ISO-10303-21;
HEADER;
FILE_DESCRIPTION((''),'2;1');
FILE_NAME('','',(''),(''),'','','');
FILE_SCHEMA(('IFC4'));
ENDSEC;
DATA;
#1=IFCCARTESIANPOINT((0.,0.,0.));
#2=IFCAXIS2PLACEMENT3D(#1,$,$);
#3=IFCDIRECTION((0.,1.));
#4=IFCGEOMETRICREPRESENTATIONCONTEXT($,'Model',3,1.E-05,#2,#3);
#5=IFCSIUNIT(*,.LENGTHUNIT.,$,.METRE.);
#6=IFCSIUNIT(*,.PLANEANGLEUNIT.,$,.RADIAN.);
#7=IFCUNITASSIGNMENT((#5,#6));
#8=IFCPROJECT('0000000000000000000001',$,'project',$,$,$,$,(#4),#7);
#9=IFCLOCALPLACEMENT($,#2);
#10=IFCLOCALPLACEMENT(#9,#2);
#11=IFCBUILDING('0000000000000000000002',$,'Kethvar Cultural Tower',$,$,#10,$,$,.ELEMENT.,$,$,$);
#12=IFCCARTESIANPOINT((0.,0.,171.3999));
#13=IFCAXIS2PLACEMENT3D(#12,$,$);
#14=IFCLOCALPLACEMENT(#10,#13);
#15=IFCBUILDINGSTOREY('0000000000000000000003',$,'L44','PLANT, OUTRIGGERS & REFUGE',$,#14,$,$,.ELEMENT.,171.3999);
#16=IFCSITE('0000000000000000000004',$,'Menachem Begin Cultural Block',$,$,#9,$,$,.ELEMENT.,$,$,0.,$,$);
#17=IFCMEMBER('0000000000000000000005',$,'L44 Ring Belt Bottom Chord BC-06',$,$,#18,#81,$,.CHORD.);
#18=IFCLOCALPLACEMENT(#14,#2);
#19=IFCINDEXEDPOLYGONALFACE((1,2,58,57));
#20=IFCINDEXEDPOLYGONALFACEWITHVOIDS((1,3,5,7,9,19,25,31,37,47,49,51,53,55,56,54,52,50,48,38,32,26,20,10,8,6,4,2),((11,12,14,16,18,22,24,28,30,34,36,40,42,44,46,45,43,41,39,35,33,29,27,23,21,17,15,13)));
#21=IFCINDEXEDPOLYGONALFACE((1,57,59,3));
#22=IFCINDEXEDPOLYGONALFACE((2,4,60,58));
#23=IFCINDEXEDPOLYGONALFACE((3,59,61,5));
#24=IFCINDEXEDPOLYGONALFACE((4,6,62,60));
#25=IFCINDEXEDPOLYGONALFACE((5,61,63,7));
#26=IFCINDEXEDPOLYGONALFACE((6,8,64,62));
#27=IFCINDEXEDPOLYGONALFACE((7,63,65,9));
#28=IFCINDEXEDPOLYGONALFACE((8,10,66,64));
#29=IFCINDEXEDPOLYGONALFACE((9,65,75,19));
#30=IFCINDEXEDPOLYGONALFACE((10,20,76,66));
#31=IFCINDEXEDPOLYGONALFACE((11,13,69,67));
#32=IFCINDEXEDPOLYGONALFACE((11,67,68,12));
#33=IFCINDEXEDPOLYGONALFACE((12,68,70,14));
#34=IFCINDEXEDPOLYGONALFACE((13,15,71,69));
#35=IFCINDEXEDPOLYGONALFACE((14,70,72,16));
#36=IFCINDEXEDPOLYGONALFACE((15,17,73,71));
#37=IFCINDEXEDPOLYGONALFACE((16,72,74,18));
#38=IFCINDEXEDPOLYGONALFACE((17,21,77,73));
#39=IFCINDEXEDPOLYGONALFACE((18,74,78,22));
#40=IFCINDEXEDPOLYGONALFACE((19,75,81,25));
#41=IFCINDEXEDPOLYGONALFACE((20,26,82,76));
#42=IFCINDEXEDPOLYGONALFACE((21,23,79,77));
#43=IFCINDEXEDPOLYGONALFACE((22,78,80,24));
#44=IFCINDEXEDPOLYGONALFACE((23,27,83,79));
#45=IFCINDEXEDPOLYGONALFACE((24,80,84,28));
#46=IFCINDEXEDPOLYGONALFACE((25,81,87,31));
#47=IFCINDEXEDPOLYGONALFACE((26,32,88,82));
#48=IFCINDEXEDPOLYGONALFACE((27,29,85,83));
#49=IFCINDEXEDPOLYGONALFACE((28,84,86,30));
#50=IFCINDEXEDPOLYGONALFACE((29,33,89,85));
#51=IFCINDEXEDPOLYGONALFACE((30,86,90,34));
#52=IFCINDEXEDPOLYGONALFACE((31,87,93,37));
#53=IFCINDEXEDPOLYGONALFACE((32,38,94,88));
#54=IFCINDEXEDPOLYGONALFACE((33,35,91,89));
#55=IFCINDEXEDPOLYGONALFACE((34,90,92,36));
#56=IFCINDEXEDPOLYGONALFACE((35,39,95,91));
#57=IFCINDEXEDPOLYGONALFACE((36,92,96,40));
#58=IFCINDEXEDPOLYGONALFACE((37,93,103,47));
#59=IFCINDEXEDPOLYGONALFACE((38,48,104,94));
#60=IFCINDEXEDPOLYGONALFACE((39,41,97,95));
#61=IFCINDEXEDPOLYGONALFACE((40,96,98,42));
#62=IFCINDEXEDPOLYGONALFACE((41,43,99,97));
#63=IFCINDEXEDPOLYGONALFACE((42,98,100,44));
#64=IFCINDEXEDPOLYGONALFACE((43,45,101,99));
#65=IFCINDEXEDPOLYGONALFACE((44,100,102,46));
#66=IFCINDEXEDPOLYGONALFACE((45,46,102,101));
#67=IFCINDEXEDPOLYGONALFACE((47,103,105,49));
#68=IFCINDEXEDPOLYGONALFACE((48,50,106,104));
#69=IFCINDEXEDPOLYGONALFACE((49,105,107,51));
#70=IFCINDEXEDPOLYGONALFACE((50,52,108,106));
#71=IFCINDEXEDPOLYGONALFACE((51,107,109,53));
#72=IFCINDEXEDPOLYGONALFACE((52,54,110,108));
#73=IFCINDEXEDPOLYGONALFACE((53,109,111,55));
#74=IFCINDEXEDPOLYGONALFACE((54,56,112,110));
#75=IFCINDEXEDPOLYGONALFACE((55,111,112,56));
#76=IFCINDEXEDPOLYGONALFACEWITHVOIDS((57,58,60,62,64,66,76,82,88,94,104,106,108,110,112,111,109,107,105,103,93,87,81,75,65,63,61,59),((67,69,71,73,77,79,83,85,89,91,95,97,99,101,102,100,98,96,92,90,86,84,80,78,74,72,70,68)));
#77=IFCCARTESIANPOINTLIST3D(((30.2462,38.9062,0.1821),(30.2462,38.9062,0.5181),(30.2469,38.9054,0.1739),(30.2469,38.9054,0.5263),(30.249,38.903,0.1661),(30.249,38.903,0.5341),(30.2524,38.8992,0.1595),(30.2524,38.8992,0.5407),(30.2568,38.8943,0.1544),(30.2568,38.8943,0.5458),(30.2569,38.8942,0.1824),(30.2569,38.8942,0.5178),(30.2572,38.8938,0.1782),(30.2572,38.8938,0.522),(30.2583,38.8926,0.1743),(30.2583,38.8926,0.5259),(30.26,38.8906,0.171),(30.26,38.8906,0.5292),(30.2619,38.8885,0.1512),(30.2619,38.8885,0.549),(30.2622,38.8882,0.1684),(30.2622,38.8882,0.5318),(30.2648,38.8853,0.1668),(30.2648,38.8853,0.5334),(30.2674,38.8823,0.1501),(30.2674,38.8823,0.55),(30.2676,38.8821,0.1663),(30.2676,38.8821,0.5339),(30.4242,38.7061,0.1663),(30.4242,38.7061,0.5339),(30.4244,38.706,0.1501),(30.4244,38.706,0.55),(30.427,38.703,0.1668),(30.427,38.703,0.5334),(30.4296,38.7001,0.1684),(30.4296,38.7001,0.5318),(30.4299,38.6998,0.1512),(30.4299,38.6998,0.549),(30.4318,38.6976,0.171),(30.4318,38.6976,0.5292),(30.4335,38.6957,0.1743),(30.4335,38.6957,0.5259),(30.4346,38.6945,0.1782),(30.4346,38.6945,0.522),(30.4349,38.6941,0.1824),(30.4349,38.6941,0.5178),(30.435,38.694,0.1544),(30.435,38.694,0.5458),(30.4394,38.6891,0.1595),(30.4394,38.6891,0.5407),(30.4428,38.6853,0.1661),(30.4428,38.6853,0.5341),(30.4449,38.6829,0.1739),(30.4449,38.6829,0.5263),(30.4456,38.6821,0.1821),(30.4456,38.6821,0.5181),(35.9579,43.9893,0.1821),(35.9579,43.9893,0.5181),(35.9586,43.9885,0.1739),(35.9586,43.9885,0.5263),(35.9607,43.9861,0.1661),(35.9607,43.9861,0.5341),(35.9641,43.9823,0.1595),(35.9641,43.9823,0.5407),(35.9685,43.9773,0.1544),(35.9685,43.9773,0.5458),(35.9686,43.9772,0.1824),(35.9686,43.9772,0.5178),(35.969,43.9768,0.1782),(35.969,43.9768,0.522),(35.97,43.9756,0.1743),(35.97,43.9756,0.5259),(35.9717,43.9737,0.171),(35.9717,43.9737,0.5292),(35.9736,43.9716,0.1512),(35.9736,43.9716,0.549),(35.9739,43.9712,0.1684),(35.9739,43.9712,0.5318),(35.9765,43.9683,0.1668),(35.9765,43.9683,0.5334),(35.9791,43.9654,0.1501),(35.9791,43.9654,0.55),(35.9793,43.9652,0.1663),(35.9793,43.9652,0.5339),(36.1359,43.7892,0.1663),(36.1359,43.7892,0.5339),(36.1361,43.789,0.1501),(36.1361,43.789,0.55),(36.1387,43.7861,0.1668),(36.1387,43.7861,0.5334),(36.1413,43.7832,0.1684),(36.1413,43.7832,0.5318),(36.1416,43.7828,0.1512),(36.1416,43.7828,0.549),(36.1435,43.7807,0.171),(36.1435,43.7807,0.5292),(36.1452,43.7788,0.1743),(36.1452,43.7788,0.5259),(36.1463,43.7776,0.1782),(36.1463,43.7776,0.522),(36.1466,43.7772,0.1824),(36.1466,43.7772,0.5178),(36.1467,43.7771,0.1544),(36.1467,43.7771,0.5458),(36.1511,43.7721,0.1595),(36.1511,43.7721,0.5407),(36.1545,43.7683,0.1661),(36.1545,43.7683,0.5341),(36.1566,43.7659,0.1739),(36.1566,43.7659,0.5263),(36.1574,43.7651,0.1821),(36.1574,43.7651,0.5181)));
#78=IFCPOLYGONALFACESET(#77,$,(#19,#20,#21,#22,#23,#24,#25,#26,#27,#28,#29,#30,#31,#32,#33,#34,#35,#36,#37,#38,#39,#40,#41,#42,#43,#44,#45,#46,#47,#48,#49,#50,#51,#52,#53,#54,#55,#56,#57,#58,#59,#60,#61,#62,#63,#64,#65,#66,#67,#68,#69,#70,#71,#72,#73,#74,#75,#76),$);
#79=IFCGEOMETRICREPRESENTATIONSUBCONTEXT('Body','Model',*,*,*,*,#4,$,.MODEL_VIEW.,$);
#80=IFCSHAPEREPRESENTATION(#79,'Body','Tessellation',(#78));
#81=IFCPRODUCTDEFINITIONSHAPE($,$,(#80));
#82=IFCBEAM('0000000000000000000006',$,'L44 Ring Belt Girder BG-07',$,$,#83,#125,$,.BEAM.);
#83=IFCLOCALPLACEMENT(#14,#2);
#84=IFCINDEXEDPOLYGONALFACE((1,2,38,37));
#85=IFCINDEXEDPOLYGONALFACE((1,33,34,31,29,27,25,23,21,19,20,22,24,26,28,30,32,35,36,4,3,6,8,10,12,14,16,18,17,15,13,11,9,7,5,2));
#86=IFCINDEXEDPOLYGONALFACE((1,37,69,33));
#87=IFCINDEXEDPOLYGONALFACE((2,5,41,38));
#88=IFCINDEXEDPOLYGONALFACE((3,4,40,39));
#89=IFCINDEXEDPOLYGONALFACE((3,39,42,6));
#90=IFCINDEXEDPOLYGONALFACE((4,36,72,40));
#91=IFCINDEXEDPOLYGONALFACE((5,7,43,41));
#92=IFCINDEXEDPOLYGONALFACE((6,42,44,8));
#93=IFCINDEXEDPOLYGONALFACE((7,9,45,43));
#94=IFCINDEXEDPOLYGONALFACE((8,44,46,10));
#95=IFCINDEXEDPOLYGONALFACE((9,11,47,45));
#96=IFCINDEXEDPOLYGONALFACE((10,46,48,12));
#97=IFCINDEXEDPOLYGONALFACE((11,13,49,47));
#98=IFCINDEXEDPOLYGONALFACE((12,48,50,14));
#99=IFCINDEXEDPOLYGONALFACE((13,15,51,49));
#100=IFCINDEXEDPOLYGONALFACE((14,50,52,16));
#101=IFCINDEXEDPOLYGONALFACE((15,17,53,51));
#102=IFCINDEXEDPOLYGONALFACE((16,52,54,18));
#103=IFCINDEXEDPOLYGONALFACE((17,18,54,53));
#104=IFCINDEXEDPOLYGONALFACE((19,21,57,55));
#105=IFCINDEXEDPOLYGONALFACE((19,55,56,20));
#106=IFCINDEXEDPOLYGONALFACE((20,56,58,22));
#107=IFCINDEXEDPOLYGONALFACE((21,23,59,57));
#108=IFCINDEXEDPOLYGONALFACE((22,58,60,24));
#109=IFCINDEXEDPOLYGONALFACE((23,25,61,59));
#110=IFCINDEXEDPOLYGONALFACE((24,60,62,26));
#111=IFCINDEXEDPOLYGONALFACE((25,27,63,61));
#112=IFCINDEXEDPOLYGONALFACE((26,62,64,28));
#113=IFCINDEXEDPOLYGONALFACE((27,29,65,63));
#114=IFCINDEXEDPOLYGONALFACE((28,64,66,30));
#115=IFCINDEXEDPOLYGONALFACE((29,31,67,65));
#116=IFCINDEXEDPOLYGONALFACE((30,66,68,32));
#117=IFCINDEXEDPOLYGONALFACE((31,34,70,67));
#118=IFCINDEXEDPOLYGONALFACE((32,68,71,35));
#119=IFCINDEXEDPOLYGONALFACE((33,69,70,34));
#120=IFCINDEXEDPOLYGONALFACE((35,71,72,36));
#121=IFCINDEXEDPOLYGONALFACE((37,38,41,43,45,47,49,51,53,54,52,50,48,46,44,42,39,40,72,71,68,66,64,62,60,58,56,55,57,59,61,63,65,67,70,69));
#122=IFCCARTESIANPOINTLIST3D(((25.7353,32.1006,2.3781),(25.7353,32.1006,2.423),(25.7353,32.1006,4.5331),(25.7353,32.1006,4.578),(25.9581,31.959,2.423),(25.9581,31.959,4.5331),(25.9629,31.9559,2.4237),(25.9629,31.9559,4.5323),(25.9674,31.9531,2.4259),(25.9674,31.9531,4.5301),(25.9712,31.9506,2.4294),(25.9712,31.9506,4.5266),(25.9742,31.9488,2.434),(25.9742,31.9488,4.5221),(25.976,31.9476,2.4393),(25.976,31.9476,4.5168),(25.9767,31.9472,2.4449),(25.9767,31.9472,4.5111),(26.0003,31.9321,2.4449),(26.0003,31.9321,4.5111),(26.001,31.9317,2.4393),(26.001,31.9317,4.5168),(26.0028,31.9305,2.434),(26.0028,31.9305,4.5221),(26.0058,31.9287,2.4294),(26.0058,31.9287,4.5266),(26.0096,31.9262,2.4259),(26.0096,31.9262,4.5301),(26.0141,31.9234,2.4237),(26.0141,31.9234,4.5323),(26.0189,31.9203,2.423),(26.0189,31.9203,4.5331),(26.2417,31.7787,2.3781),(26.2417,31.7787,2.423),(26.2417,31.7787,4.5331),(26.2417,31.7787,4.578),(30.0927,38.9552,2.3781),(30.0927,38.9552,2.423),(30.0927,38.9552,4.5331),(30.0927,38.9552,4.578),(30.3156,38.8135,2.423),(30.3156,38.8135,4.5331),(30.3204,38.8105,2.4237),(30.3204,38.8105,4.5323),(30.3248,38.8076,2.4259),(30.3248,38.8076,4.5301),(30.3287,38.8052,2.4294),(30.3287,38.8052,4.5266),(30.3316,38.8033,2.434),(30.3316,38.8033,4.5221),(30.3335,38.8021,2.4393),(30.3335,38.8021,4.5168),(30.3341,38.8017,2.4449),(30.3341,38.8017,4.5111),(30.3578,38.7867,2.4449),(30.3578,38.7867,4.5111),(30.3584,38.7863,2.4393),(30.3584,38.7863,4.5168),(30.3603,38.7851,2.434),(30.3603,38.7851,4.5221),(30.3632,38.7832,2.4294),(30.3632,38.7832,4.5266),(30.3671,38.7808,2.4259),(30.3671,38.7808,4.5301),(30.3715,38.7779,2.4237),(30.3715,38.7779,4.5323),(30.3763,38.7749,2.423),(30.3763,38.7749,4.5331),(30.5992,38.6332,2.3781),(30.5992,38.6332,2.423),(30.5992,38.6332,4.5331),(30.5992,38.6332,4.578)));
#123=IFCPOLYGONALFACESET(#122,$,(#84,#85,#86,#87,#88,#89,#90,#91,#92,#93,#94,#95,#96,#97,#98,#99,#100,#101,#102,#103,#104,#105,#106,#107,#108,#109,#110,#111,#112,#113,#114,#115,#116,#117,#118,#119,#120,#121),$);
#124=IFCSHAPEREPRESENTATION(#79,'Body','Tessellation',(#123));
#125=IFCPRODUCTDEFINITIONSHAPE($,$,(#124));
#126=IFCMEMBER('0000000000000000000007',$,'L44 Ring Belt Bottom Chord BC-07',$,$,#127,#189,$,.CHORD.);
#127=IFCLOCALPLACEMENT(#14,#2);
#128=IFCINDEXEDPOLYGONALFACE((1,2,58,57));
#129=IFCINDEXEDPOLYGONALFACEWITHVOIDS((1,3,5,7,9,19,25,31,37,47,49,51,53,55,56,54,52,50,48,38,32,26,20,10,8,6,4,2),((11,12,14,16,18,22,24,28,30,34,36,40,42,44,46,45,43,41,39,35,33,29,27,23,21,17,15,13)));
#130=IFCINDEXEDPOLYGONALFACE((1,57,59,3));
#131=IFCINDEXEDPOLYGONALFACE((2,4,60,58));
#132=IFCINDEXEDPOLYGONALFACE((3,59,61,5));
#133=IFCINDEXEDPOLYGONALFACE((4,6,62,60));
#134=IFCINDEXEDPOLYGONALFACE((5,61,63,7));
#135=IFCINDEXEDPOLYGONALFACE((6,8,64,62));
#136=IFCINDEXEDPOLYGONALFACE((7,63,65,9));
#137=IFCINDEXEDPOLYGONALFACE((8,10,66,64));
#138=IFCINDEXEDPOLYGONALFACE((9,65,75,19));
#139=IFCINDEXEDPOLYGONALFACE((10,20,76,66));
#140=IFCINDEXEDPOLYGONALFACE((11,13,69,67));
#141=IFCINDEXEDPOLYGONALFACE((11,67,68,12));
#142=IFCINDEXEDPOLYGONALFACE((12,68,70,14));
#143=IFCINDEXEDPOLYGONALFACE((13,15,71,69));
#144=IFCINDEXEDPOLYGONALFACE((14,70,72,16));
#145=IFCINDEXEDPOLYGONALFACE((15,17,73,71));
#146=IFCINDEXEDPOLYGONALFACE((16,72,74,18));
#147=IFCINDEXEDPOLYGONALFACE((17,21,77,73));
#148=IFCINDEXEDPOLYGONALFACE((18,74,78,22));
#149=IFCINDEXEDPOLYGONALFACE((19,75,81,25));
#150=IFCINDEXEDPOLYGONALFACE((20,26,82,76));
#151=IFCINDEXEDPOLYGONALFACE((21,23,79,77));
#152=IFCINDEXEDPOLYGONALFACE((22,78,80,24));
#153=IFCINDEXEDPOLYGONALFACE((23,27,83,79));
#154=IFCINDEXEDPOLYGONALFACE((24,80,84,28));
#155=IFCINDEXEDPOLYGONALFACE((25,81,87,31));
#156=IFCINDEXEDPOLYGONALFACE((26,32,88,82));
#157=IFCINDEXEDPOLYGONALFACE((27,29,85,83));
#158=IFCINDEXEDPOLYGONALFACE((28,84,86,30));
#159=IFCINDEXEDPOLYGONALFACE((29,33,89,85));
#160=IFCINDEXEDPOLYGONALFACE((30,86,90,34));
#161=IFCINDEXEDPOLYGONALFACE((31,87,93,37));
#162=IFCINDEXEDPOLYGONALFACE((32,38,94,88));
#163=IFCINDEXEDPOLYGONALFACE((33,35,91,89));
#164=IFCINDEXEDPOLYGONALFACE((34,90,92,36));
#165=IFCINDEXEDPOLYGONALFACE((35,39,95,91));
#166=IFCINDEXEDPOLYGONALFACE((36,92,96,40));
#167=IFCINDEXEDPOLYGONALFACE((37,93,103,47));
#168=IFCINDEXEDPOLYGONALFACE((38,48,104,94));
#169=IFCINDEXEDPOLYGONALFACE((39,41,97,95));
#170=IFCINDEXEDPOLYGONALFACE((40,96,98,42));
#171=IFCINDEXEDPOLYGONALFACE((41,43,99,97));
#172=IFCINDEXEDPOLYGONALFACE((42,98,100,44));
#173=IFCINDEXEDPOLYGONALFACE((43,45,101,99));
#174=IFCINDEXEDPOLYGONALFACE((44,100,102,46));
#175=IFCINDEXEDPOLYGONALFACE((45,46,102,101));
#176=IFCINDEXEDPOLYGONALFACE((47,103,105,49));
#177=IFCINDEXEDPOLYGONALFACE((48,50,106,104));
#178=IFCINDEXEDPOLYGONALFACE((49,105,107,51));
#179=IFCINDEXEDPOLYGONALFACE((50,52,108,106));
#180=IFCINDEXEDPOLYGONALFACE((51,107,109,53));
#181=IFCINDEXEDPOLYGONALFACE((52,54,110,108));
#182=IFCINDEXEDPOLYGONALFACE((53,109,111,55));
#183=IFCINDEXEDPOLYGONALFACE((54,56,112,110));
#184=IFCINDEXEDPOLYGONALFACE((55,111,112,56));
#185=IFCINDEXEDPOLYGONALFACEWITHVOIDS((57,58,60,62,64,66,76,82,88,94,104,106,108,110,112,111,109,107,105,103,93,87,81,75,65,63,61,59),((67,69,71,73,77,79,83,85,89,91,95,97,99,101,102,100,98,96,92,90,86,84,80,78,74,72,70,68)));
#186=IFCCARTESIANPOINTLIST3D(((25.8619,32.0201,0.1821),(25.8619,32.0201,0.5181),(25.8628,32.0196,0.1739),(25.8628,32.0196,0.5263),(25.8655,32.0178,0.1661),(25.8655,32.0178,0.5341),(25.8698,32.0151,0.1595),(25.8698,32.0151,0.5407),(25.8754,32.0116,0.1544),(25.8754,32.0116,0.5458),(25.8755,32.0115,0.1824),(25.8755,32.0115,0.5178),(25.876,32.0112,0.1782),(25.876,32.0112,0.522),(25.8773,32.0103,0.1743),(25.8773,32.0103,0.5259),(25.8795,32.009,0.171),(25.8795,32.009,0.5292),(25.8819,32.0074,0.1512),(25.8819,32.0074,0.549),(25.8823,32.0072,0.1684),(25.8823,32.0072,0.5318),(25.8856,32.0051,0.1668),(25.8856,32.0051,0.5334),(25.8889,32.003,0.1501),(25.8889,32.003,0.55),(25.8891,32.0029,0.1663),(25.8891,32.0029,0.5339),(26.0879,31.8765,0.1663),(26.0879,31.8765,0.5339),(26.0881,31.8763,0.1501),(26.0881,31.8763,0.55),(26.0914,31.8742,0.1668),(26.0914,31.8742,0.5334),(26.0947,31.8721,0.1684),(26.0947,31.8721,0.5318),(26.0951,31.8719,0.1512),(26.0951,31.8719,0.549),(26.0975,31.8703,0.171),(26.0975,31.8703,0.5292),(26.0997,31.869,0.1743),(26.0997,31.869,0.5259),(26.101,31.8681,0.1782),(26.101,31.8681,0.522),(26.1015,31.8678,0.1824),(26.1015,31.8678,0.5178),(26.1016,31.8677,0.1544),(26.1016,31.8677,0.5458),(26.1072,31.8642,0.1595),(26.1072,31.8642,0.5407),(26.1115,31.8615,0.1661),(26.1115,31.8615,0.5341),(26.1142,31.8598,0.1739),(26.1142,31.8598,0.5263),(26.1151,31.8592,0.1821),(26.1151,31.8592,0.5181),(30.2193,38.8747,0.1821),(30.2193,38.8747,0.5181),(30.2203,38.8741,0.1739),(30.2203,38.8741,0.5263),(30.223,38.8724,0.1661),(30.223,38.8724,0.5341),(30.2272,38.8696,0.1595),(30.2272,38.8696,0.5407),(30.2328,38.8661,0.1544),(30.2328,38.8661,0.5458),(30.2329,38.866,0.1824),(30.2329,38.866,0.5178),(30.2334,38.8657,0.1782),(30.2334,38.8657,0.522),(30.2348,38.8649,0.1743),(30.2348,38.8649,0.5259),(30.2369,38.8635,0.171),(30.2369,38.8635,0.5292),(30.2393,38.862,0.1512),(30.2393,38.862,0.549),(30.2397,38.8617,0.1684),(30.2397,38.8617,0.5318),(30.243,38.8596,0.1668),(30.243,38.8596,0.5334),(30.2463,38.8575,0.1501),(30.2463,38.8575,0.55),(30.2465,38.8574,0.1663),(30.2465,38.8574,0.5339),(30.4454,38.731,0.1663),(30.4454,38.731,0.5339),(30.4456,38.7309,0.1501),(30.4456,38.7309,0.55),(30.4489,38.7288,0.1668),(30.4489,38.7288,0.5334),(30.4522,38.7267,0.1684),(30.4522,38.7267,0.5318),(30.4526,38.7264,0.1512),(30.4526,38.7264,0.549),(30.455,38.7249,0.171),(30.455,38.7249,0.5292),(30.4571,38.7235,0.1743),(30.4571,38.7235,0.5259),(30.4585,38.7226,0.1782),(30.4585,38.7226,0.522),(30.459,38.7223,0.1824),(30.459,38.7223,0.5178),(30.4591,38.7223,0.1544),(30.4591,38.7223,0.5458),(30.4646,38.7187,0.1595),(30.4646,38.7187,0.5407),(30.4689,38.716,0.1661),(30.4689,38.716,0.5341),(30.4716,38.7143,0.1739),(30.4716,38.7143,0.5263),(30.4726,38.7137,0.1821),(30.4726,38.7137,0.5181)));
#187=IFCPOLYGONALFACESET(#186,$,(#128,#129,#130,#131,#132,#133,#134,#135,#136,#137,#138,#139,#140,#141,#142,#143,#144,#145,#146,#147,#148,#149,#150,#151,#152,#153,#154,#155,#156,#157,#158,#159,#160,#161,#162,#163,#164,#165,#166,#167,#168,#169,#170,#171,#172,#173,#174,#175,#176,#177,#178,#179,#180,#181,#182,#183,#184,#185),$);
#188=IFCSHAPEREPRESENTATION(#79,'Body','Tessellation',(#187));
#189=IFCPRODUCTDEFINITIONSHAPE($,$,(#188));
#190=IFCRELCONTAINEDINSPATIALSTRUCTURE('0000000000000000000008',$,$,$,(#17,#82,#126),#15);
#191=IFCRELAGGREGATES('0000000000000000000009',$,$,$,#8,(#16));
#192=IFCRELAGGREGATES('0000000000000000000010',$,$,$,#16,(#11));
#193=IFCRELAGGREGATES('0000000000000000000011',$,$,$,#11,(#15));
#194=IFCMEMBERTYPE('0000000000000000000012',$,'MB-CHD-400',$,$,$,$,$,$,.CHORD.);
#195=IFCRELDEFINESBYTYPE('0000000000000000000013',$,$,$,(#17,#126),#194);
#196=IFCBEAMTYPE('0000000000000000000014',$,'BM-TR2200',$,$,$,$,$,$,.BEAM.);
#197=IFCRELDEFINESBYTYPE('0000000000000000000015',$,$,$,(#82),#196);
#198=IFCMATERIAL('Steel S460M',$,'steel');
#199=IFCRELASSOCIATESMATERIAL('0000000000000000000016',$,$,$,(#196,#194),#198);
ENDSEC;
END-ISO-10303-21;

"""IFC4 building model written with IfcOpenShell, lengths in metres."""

from ifc_helpers import new_model, si_unit, direction, frame, origin, origin_2d, place, context, subcontext, project, spatial, hollow_rectangle, i_section, extrude, source, transform, mapped, material, material_profile, profile_set, type_object, element, save


model = new_model("IFC4")

# Units and contexts
model_context = context("Model", 3, precision=1e-05, world=origin(), true_north=direction((0.0, 1.0)))
body_context = subcontext(model_context, "Body", "Model", "MODEL_VIEW")
ifc_project = project(units=[si_unit("LENGTHUNIT", "METRE"), si_unit("PLANEANGLEUNIT", "RADIAN")], contexts=[model_context])

# Site, building, storey
site_placement = place(None, origin())
site = spatial("IfcSite", under=ifc_project, at=site_placement, Name="Menachem Begin Cultural Block", CompositionType="ELEMENT", RefElevation=0.0)
building_placement = place(site_placement, origin())
building = spatial("IfcBuilding", under=site, at=building_placement, Name="Kethvar Cultural Tower", CompositionType="ELEMENT")
storey_placement = place(building_placement, frame((0.0, 0.0, 171.3999)))
storey = spatial("IfcBuildingStorey", under=building, at=storey_placement, Name="L44", Description="PLANT, OUTRIGGERS & REFUGE", CompositionType="ELEMENT", Elevation=171.3999)

# Shared definitions
ifc_material_1 = material(Name="Steel S460M", Category="steel")

# Shared definitions
ifc_material_profile_1 = material_profile(ifc_material_1, i_section(OverallWidth=0.6001, OverallDepth=2.2, WebThickness=0.0281, FlangeThickness=0.0449, FilletRadius=0.022, at=origin_2d()), Name="Steel S460M — PG2200x600x45x28")
ifc_profile_set_1 = profile_set([ifc_material_profile_1], Name="Steel S460M — PG2200x600x45x28")
beam_type = type_object("IfcBeamType", Name="BM-TR2200", PredefinedType="BEAM", material=ifc_profile_set_1)

# Member
ifc_material_profile_2 = material_profile(ifc_material_1, hollow_rectangle(XDim=0.3, YDim=0.3999, WallThickness=0.0161, InnerFilletRadius=0.0161, OuterFilletRadius=0.032, at=origin_2d()), Name="Steel S460M — RHS400x300x16")
ifc_profile_set_2 = profile_set([ifc_material_profile_2], Name="Steel S460M — RHS400x300x16")
member_type_1 = type_object("IfcMemberType", Name="MB-CHD-400", PredefinedType="CHORD", material=ifc_profile_set_2)
shared_shape_1 = source(origin(), body_context, "Body", "SweptSolid", [
    extrude(hollow_rectangle(XDim=0.3, YDim=0.3999, WallThickness=0.0161, InnerFilletRadius=0.0161, OuterFilletRadius=0.032, at=origin_2d()), origin(), (0.0, 0.0, 1.0), 7.646),
])
member_1_placement = place(storey_placement, frame((36.0576, 43.8772, 0.3501), z_axis=(-0.747022, -0.6648, 0.0), x_axis=(0.6648, -0.747022, 0.0)))
element("IfcMember", 1, at=member_1_placement, inside=storey, type_object=member_type_1, Name="L44 Ring Belt Bottom Chord BC-06", PredefinedType="CHORD", context=body_context, shape_type="MappedRepresentation", body=[
    mapped(shared_shape_1, transform((0.0, 0.0, 0.0), scale=1.0)),
])

# Beam
shared_shape_2 = source(origin(), body_context, "Body", "SweptSolid", [
    extrude(i_section(OverallWidth=0.6001, OverallDepth=2.2, WebThickness=0.0281, FlangeThickness=0.0449, FilletRadius=0.022, at=origin_2d()), origin(), (0.0, 0.0, 1.0), 8.1223),
])
beam_1_placement = place(storey_placement, frame((30.3459, 38.7942, 3.478), z_axis=(-0.536479, -0.843914, 0.0), x_axis=(0.843914, -0.536479, 0.0)))
element("IfcBeam", 2, at=beam_1_placement, inside=storey, type_object=beam_type, Name="L44 Ring Belt Girder BG-07", PredefinedType="BEAM", context=body_context, shape_type="MappedRepresentation", body=[
    mapped(shared_shape_2, transform((0.0, 0.0, 0.0), scale=1.0)),
])

# Member
shared_shape_3 = source(origin(), body_context, "Body", "SweptSolid", [
    extrude(hollow_rectangle(XDim=0.3, YDim=0.3999, WallThickness=0.0161, InnerFilletRadius=0.0161, OuterFilletRadius=0.032, at=origin_2d()), origin(), (0.0, 0.0, 1.0), 8.1223),
])
member_2_placement = place(storey_placement, frame((30.3459, 38.7942, 0.3501), z_axis=(-0.536479, -0.843914, 0.0), x_axis=(0.843914, -0.536479, 0.0)))
element("IfcMember", 3, at=member_2_placement, inside=storey, type_object=member_type_1, Name="L44 Ring Belt Bottom Chord BC-07", PredefinedType="CHORD", context=body_context, shape_type="MappedRepresentation", body=[
    mapped(shared_shape_3, transform((0.0, 0.0, 0.0), scale=1.0)),
])

save(model, "model.ifc")
